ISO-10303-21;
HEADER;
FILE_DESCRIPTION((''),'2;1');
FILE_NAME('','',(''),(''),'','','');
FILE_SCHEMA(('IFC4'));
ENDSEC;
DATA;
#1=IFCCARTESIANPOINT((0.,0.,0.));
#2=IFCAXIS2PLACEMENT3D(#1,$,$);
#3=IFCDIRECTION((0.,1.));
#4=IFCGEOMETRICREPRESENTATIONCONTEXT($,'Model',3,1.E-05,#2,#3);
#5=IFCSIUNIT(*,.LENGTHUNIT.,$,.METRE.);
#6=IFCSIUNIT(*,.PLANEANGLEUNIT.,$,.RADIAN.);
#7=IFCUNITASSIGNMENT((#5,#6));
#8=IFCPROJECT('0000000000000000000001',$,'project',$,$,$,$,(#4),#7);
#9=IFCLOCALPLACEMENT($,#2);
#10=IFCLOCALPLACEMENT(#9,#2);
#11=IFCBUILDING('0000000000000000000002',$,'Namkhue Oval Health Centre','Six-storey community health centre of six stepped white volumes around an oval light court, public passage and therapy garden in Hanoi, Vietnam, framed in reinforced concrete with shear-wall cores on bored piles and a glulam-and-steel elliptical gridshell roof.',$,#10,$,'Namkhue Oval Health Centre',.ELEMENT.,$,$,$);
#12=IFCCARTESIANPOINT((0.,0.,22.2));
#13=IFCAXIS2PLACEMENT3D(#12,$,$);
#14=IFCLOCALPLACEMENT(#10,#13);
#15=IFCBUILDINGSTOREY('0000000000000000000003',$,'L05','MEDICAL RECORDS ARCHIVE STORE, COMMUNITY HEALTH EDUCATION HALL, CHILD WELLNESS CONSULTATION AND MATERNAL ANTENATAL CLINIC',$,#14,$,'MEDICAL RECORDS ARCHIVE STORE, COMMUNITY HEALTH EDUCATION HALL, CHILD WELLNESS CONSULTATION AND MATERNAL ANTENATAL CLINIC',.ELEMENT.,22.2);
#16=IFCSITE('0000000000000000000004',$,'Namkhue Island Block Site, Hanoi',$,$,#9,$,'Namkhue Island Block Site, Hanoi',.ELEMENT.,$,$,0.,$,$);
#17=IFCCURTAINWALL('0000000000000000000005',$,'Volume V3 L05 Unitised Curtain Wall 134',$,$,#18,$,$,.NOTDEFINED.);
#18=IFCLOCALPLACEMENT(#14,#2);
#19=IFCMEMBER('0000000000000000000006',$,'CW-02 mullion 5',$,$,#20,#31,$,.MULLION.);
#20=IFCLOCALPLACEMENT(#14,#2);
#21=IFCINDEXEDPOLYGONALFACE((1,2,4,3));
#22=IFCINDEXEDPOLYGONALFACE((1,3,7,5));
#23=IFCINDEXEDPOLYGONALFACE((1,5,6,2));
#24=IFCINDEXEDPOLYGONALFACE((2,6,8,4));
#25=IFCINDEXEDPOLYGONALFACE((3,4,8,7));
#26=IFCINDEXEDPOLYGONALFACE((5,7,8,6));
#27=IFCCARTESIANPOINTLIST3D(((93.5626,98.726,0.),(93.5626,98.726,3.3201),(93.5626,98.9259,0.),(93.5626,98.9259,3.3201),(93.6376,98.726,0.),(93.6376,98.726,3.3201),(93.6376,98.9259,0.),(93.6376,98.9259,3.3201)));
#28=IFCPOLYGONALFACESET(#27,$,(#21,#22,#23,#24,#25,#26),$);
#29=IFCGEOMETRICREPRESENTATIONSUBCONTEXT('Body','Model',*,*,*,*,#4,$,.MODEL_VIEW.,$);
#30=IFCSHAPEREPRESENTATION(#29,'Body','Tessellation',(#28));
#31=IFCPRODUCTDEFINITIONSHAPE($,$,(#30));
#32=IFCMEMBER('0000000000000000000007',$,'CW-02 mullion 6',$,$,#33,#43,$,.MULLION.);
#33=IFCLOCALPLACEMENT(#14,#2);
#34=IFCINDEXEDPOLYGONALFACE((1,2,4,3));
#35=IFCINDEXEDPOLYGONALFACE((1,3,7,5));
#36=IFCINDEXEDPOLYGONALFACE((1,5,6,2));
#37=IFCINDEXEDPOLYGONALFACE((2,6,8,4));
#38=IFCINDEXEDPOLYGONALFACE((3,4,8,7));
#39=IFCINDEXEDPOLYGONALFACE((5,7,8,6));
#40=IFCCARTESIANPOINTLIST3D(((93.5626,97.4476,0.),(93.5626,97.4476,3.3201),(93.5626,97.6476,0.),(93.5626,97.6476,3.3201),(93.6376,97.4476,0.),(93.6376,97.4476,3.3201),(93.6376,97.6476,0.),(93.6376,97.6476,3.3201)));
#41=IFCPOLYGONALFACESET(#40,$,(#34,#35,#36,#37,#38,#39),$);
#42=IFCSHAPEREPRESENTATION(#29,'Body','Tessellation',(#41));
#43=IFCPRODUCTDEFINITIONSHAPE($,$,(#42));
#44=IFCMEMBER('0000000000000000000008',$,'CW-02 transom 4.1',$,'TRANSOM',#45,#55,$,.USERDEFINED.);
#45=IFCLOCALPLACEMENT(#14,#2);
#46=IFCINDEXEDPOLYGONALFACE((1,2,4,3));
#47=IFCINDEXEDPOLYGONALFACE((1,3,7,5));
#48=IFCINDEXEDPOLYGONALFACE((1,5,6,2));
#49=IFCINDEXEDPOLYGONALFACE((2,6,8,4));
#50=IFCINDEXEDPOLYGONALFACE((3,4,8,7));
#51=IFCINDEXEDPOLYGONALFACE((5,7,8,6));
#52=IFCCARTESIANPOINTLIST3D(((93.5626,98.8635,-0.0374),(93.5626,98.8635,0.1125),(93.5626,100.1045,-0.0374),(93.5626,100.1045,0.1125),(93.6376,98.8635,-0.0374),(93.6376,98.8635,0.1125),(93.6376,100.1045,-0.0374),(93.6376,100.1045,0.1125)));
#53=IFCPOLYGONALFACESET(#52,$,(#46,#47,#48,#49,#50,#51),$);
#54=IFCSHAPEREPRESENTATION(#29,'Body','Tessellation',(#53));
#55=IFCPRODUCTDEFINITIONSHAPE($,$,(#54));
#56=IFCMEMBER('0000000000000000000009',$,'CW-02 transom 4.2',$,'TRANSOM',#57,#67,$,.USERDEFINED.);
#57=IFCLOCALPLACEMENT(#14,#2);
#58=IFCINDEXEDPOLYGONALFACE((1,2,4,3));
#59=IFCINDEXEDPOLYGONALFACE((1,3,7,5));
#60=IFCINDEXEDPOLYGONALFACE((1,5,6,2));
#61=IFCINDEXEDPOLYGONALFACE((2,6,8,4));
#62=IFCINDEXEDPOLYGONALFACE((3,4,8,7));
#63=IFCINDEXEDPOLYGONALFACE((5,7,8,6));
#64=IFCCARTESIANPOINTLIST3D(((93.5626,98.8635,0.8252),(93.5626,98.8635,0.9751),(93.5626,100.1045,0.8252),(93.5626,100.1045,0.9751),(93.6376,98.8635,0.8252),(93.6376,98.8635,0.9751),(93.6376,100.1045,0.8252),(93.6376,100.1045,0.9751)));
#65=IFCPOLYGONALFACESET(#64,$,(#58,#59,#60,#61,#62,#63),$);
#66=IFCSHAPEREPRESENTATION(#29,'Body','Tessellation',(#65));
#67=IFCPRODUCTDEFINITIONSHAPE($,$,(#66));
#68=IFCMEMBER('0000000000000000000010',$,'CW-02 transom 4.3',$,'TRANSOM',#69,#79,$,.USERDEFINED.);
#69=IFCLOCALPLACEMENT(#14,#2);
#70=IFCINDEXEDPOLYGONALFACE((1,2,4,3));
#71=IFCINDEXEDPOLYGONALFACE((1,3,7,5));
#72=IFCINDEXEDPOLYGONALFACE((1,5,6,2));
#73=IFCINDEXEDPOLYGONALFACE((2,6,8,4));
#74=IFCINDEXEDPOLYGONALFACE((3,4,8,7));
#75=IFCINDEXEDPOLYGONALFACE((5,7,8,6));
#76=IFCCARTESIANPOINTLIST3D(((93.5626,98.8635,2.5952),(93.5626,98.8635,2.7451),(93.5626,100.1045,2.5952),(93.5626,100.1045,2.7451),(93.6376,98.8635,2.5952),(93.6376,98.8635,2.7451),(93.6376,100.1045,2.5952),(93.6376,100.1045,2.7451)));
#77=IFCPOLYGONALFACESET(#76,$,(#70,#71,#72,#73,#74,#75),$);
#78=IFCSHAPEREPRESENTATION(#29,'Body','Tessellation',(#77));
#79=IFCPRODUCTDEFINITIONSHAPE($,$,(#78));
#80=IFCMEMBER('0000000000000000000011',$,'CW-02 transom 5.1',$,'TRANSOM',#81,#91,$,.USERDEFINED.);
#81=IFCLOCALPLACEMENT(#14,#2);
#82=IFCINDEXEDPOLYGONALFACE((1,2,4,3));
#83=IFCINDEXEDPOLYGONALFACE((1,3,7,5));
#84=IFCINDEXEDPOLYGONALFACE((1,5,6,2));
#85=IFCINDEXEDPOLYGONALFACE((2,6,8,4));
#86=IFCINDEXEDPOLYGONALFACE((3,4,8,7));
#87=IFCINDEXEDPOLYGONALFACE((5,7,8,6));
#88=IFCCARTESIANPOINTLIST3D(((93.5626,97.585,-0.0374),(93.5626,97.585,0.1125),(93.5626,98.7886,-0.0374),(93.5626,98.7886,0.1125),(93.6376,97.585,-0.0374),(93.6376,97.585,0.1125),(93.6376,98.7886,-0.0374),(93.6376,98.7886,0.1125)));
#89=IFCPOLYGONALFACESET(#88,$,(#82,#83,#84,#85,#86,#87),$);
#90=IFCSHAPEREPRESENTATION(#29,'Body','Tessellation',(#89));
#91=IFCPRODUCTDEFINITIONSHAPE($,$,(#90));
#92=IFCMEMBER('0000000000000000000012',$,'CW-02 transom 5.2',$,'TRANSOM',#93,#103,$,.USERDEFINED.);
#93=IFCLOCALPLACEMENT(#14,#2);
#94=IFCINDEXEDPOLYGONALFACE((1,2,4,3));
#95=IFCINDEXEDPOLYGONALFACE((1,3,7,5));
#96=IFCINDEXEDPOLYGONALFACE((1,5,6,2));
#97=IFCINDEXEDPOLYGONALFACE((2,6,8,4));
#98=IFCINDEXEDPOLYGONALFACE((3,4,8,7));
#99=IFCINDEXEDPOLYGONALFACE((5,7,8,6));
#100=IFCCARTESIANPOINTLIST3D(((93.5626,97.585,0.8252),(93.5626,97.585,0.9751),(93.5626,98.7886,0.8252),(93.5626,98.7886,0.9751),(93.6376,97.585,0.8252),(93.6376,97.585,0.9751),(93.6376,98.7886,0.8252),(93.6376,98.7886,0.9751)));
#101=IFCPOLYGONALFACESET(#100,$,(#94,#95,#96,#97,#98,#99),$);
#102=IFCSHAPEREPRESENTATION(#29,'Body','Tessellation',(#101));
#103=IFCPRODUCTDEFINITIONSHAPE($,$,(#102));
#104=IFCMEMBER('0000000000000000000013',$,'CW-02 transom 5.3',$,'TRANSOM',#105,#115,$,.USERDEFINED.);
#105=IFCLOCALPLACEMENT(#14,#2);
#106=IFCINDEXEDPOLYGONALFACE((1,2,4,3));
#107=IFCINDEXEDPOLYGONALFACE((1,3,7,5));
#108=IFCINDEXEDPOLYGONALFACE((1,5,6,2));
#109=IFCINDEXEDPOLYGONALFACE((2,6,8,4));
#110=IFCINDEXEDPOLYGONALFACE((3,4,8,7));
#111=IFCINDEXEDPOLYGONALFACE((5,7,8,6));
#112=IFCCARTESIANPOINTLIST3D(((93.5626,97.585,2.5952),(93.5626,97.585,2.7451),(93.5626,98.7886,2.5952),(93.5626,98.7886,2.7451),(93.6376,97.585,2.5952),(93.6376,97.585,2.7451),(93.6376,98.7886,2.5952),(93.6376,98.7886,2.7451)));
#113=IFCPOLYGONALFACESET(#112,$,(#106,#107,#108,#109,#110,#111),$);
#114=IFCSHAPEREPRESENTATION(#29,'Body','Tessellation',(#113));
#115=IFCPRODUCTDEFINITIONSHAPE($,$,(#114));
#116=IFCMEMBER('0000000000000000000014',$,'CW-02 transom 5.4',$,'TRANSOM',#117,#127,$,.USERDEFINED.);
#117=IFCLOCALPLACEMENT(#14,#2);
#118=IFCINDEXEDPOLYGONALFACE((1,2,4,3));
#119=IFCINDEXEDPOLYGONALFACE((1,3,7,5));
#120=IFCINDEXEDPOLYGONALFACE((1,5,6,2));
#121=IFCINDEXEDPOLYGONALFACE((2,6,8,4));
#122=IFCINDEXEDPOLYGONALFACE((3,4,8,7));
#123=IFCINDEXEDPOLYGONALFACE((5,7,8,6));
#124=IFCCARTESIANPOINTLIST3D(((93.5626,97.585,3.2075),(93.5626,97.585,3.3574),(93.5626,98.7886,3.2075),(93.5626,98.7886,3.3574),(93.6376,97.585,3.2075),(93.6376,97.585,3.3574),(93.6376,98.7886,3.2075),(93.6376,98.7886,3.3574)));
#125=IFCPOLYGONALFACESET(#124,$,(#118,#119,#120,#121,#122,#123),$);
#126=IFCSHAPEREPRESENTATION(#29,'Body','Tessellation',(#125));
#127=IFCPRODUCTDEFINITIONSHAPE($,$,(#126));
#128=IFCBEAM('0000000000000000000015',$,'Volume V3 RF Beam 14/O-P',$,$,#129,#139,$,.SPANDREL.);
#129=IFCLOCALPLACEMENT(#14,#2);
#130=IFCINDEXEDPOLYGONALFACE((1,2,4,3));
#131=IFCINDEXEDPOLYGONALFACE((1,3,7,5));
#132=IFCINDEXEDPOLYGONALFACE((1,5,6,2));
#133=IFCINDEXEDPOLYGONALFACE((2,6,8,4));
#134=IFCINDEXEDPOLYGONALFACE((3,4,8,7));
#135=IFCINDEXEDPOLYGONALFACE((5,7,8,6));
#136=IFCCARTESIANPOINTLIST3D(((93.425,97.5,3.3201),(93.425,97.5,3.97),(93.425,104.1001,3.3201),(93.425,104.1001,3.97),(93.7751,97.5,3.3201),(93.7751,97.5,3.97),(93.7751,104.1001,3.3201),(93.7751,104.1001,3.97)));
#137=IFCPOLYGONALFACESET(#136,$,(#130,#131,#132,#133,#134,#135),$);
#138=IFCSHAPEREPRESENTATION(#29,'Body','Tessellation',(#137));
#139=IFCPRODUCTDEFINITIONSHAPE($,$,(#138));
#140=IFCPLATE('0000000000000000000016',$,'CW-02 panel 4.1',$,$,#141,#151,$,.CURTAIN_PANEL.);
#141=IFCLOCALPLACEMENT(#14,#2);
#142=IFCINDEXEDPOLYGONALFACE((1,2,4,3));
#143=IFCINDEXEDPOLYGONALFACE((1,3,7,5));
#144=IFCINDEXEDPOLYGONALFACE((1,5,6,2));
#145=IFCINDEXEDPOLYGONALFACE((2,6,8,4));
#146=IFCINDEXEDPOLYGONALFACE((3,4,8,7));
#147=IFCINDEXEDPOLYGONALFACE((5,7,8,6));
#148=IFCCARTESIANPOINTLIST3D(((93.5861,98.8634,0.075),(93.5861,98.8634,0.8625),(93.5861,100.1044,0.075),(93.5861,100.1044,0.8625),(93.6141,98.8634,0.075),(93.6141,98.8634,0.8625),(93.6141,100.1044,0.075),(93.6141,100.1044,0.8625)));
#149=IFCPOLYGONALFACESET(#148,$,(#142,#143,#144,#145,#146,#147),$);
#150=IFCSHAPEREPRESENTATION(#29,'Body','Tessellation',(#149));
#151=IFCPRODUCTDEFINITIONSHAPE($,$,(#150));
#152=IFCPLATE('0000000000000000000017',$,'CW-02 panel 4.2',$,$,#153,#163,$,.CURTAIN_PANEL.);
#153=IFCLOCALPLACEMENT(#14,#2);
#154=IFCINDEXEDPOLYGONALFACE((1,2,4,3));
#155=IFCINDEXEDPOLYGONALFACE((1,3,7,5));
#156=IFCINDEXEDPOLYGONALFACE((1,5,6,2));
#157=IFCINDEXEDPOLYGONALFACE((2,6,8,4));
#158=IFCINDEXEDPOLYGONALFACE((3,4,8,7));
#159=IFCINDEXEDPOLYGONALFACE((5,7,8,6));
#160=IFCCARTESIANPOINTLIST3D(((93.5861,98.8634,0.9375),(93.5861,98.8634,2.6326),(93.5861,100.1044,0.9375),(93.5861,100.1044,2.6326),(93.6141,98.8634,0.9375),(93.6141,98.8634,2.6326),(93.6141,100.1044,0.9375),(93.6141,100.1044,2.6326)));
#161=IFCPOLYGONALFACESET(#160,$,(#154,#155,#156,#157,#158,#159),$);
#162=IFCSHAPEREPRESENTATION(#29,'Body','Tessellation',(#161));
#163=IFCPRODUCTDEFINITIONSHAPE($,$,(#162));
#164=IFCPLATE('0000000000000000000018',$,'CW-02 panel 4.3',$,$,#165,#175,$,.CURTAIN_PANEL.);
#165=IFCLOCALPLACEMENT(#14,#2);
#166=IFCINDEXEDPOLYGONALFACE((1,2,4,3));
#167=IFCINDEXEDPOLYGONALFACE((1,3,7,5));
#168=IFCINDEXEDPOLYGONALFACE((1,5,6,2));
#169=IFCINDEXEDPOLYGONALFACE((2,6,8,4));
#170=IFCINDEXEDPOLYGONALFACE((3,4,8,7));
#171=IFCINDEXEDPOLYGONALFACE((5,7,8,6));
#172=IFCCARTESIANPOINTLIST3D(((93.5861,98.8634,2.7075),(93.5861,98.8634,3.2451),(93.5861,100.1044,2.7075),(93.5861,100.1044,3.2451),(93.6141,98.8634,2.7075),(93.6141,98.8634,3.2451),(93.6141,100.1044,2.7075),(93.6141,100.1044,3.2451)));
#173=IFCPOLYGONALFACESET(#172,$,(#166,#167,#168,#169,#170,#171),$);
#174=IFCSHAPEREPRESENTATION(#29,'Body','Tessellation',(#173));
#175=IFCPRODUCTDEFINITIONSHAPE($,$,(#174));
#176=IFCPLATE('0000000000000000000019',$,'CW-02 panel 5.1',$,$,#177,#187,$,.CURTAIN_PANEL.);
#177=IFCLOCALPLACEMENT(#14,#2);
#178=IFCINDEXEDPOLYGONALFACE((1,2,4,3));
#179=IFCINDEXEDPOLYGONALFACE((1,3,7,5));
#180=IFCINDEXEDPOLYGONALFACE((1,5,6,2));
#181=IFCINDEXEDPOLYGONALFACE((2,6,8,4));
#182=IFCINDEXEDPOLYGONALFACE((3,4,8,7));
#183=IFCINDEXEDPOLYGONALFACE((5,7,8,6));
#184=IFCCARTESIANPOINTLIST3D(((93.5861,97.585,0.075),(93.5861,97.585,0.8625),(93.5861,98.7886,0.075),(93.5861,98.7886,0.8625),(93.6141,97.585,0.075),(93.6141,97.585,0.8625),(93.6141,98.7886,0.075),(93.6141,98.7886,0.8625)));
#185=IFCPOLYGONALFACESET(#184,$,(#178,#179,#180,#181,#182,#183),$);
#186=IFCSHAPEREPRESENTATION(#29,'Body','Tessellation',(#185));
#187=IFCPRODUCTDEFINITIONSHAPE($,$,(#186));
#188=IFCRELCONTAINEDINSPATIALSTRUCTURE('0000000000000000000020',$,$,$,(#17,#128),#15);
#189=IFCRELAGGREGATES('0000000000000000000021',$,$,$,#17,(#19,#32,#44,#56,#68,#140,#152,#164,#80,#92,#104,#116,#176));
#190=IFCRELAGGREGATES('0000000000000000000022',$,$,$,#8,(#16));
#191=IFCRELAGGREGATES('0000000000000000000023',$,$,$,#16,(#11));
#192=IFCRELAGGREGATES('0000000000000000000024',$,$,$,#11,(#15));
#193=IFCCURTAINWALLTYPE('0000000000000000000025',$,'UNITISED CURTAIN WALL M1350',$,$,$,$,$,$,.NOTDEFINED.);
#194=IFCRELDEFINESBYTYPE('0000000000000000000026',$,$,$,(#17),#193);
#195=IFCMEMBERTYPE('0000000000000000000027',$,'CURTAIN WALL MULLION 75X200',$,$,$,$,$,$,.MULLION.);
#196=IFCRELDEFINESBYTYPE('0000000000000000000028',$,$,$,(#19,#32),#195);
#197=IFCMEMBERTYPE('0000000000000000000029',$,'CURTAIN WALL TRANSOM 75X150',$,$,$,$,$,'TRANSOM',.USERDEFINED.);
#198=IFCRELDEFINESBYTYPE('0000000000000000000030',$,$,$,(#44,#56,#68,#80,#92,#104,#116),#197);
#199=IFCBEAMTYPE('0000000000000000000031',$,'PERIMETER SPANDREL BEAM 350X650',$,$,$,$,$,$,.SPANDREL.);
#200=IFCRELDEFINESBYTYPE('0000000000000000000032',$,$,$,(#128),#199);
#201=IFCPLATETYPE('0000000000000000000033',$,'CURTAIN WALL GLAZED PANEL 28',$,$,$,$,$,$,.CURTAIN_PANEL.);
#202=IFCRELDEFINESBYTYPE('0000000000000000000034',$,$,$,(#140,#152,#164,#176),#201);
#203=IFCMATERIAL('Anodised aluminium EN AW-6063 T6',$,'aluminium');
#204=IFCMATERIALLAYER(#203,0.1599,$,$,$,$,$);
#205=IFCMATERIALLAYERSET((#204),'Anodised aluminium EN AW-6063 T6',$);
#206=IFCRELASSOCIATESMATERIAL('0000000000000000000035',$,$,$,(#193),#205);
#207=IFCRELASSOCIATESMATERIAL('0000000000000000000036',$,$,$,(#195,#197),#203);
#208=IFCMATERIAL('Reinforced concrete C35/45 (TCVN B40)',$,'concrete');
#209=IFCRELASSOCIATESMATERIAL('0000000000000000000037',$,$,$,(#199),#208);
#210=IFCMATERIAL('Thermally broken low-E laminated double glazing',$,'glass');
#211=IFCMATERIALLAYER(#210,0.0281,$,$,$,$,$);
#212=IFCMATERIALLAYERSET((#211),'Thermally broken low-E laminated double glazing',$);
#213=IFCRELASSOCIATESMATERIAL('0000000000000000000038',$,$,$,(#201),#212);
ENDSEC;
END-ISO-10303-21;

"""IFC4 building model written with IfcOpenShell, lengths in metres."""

from ifc_helpers import new_model, si_unit, direction, frame, origin, origin_2d, place, context, subcontext, project, spatial, rectangle, extrude, material, layer, layer_set, material_profile, profile_set, type_object, element, aggregate, save


model = new_model("IFC4")

# Units and contexts
model_context = context("Model", 3, precision=1e-05, world=origin(), true_north=direction((0.0, 1.0)))
body_context = subcontext(model_context, "Body", "Model", "MODEL_VIEW")
ifc_project = project(units=[si_unit("LENGTHUNIT", "METRE"), si_unit("PLANEANGLEUNIT", "RADIAN")], contexts=[model_context])

# Site, building, storey
site_placement = place(None, origin())
site = spatial("IfcSite", under=ifc_project, at=site_placement, Name="Namkhue Island Block Site, Hanoi", LongName="Namkhue Island Block Site, Hanoi", CompositionType="ELEMENT", RefElevation=0.0)
building_placement = place(site_placement, origin())
building = spatial("IfcBuilding", under=site, at=building_placement, Name="Namkhue Oval Health Centre", Description="Six-storey community health centre of six stepped white volumes around an oval light court, public passage and therapy garden in Hanoi, Vietnam, framed in reinforced concrete with shear-wall cores on bored piles and a glulam-and-steel elliptical gridshell roof.", LongName="Namkhue Oval Health Centre", CompositionType="ELEMENT")
storey_placement = place(building_placement, frame((0.0, 0.0, 22.2)))
storey = spatial("IfcBuildingStorey", under=building, at=storey_placement, Name="L05", Description="MEDICAL RECORDS ARCHIVE STORE, COMMUNITY HEALTH EDUCATION HALL, CHILD WELLNESS CONSULTATION AND MATERNAL ANTENATAL CLINIC", LongName="MEDICAL RECORDS ARCHIVE STORE, COMMUNITY HEALTH EDUCATION HALL, CHILD WELLNESS CONSULTATION AND MATERNAL ANTENATAL CLINIC", CompositionType="ELEMENT", Elevation=22.2)

# Curtain wall, members
ifc_material_1 = material(Name="Anodised aluminium EN AW-6063 T6", Category="aluminium")
ifc_layer_1 = layer(ifc_material_1, 0.1599)
ifc_layer_set_1 = layer_set([ifc_layer_1], Name="Anodised aluminium EN AW-6063 T6")
curtain_wall_type = type_object("IfcCurtainWallType", Name="UNITISED CURTAIN WALL M1350", PredefinedType="NOTDEFINED", material=ifc_layer_set_1)
curtain_wall_placement = place(storey_placement, origin())
curtain_wall = element("IfcCurtainWall", 1, at=curtain_wall_placement, inside=storey, type_object=curtain_wall_type, Name="Volume V3 L05 Unitised Curtain Wall 134", PredefinedType="NOTDEFINED")
ifc_material_profile_1 = material_profile(ifc_material_1, rectangle(XDim=0.075, YDim=0.2, at=origin_2d()), Name="ALU 75x200")
ifc_profile_set_1 = profile_set([ifc_material_profile_1], Name="Anodised aluminium EN AW-6063 T6")
member_type_1 = type_object("IfcMemberType", Name="CURTAIN WALL MULLION 75X200", PredefinedType="MULLION", material=ifc_profile_set_1)
member_1_placement = place(storey_placement, frame((93.6001, 98.8259, 0.0), z_axis=(0.0, 0.0, 1.0), x_axis=(1.0, 0.0, 0.0)))
member_1 = element("IfcMember", 2, at=member_1_placement, type_object=member_type_1, Name="CW-02 mullion 5", PredefinedType="MULLION", context=body_context, shape_type="SweptSolid", body=[
    extrude(rectangle(XDim=0.075, YDim=0.2, at=origin_2d()), origin(), (0.0, 0.0, 1.0), 3.3201),
])
member_2_placement = place(storey_placement, frame((93.6001, 97.5476, 0.0), z_axis=(0.0, 0.0, 1.0), x_axis=(1.0, 0.0, 0.0)))
member_2 = element("IfcMember", 3, at=member_2_placement, type_object=member_type_1, Name="CW-02 mullion 6", PredefinedType="MULLION", context=body_context, shape_type="SweptSolid", body=[
    extrude(rectangle(XDim=0.075, YDim=0.2, at=origin_2d()), origin(), (0.0, 0.0, 1.0), 3.3201),
])
ifc_material_profile_2 = material_profile(ifc_material_1, rectangle(XDim=0.075, YDim=0.1499, at=origin_2d()), Name="ALU 75x150")
ifc_profile_set_2 = profile_set([ifc_material_profile_2], Name="Anodised aluminium EN AW-6063 T6")
member_type_2 = type_object("IfcMemberType", Name="CURTAIN WALL TRANSOM 75X150", ElementType="TRANSOM", PredefinedType="USERDEFINED", material=ifc_profile_set_2)
member_3_placement = place(storey_placement, frame((93.6001, 100.1045, 0.0376), z_axis=(0.0, -1.0, 0.0), x_axis=(1.0, 0.0, 0.0)))
member_3 = element("IfcMember", 4, at=member_3_placement, type_object=member_type_2, Name="CW-02 transom 4.1", ObjectType="TRANSOM", PredefinedType="USERDEFINED", context=body_context, shape_type="SweptSolid", body=[
    extrude(rectangle(XDim=0.075, YDim=0.1499, at=origin_2d()), origin(), (0.0, 0.0, 1.0), 1.241),
])
member_4_placement = place(storey_placement, frame((93.6001, 100.1045, 0.9001), z_axis=(0.0, -1.0, 0.0), x_axis=(1.0, 0.0, 0.0)))
member_4 = element("IfcMember", 5, at=member_4_placement, type_object=member_type_2, Name="CW-02 transom 4.2", ObjectType="TRANSOM", PredefinedType="USERDEFINED", context=body_context, shape_type="SweptSolid", body=[
    extrude(rectangle(XDim=0.075, YDim=0.1499, at=origin_2d()), origin(), (0.0, 0.0, 1.0), 1.241),
])
member_5_placement = place(storey_placement, frame((93.6001, 100.1045, 2.6702), z_axis=(0.0, -1.0, 0.0), x_axis=(1.0, 0.0, 0.0)))
member_5 = element("IfcMember", 6, at=member_5_placement, type_object=member_type_2, Name="CW-02 transom 4.3", ObjectType="TRANSOM", PredefinedType="USERDEFINED", context=body_context, shape_type="SweptSolid", body=[
    extrude(rectangle(XDim=0.075, YDim=0.1499, at=origin_2d()), origin(), (0.0, 0.0, 1.0), 1.241),
])
member_6_placement = place(storey_placement, frame((93.6001, 98.7886, 0.0376), z_axis=(0.0, -1.0, 0.0), x_axis=(1.0, 0.0, 0.0)))
member_6 = element("IfcMember", 7, at=member_6_placement, type_object=member_type_2, Name="CW-02 transom 5.1", ObjectType="TRANSOM", PredefinedType="USERDEFINED", context=body_context, shape_type="SweptSolid", body=[
    extrude(rectangle(XDim=0.075, YDim=0.1499, at=origin_2d()), origin(), (0.0, 0.0, 1.0), 1.2036),
])
member_7_placement = place(storey_placement, frame((93.6001, 98.7886, 0.9001), z_axis=(0.0, -1.0, 0.0), x_axis=(1.0, 0.0, 0.0)))
member_7 = element("IfcMember", 8, at=member_7_placement, type_object=member_type_2, Name="CW-02 transom 5.2", ObjectType="TRANSOM", PredefinedType="USERDEFINED", context=body_context, shape_type="SweptSolid", body=[
    extrude(rectangle(XDim=0.075, YDim=0.1499, at=origin_2d()), origin(), (0.0, 0.0, 1.0), 1.2036),
])
member_8_placement = place(storey_placement, frame((93.6001, 98.7886, 2.6702), z_axis=(0.0, -1.0, 0.0), x_axis=(1.0, 0.0, 0.0)))
member_8 = element("IfcMember", 9, at=member_8_placement, type_object=member_type_2, Name="CW-02 transom 5.3", ObjectType="TRANSOM", PredefinedType="USERDEFINED", context=body_context, shape_type="SweptSolid", body=[
    extrude(rectangle(XDim=0.075, YDim=0.1499, at=origin_2d()), origin(), (0.0, 0.0, 1.0), 1.2036),
])
member_9_placement = place(storey_placement, frame((93.6001, 98.7886, 3.2825), z_axis=(0.0, -1.0, 0.0), x_axis=(1.0, 0.0, 0.0)))
member_9 = element("IfcMember", 10, at=member_9_placement, type_object=member_type_2, Name="CW-02 transom 5.4", ObjectType="TRANSOM", PredefinedType="USERDEFINED", context=body_context, shape_type="SweptSolid", body=[
    extrude(rectangle(XDim=0.075, YDim=0.1499, at=origin_2d()), origin(), (0.0, 0.0, 1.0), 1.2036),
])

# Beam
ifc_material_2 = material(Name="Reinforced concrete C35/45 (TCVN B40)", Category="concrete")
ifc_material_profile_3 = material_profile(ifc_material_2, rectangle(XDim=0.3501, YDim=0.6499, at=origin_2d()), Name="RC 350x650")
ifc_profile_set_3 = profile_set([ifc_material_profile_3], Name="Reinforced concrete C35/45 (TCVN B40)")
beam_type = type_object("IfcBeamType", Name="PERIMETER SPANDREL BEAM 350X650", PredefinedType="SPANDREL", material=ifc_profile_set_3)
beam_placement = place(storey_placement, frame((93.6001, 97.5, 3.645), z_axis=(0.0, 1.0, 0.0), x_axis=(-1.0, 0.0, 0.0)))
element("IfcBeam", 11, at=beam_placement, inside=storey, type_object=beam_type, Name="Volume V3 RF Beam 14/O-P", PredefinedType="SPANDREL", context=body_context, shape_type="SweptSolid", body=[
    extrude(rectangle(XDim=0.3501, YDim=0.6499, at=origin_2d()), origin(), (0.0, 0.0, 1.0), 6.6001),
])

# Plates
ifc_material_3 = material(Name="Thermally broken low-E laminated double glazing", Category="glass")
ifc_layer_2 = layer(ifc_material_3, 0.0281)
ifc_layer_set_2 = layer_set([ifc_layer_2], Name="Thermally broken low-E laminated double glazing")
plate_type = type_object("IfcPlateType", Name="CURTAIN WALL GLAZED PANEL 28", PredefinedType="CURTAIN_PANEL", material=ifc_layer_set_2)
plate_1_placement = place(storey_placement, frame((93.6001, 99.4839, 0.075), z_axis=(0.0, 0.0, 1.0), x_axis=(0.0, -1.0, 0.0)))
plate_1 = element("IfcPlate", 12, at=plate_1_placement, type_object=plate_type, Name="CW-02 panel 4.1", PredefinedType="CURTAIN_PANEL", context=body_context, shape_type="SweptSolid", body=[
    extrude(rectangle(XDim=1.241, YDim=0.0281, at=origin_2d()), origin(), (0.0, 0.0, 1.0), 0.7876),
])
plate_2_placement = place(storey_placement, frame((93.6001, 99.4839, 0.9375), z_axis=(0.0, 0.0, 1.0), x_axis=(0.0, -1.0, 0.0)))
plate_2 = element("IfcPlate", 13, at=plate_2_placement, type_object=plate_type, Name="CW-02 panel 4.2", PredefinedType="CURTAIN_PANEL", context=body_context, shape_type="SweptSolid", body=[
    extrude(rectangle(XDim=1.241, YDim=0.0281, at=origin_2d()), origin(), (0.0, 0.0, 1.0), 1.6951),
])
plate_3_placement = place(storey_placement, frame((93.6001, 99.4839, 2.7075), z_axis=(0.0, 0.0, 1.0), x_axis=(0.0, -1.0, 0.0)))
plate_3 = element("IfcPlate", 14, at=plate_3_placement, type_object=plate_type, Name="CW-02 panel 4.3", PredefinedType="CURTAIN_PANEL", context=body_context, shape_type="SweptSolid", body=[
    extrude(rectangle(XDim=1.241, YDim=0.0281, at=origin_2d()), origin(), (0.0, 0.0, 1.0), 0.5376),
])
plate_4_placement = place(storey_placement, frame((93.6001, 98.1868, 0.075), z_axis=(0.0, 0.0, 1.0), x_axis=(0.0, -1.0, 0.0)))
plate_4 = element("IfcPlate", 15, at=plate_4_placement, type_object=plate_type, Name="CW-02 panel 5.1", PredefinedType="CURTAIN_PANEL", context=body_context, shape_type="SweptSolid", body=[
    extrude(rectangle(XDim=1.2036, YDim=0.0281, at=origin_2d()), origin(), (0.0, 0.0, 1.0), 0.7876),
])
aggregate(curtain_wall, [member_1, member_2, member_3, member_4, member_5, plate_1, plate_2, plate_3, member_6, member_7, member_8, member_9, plate_4])

save(model, "model.ifc")
